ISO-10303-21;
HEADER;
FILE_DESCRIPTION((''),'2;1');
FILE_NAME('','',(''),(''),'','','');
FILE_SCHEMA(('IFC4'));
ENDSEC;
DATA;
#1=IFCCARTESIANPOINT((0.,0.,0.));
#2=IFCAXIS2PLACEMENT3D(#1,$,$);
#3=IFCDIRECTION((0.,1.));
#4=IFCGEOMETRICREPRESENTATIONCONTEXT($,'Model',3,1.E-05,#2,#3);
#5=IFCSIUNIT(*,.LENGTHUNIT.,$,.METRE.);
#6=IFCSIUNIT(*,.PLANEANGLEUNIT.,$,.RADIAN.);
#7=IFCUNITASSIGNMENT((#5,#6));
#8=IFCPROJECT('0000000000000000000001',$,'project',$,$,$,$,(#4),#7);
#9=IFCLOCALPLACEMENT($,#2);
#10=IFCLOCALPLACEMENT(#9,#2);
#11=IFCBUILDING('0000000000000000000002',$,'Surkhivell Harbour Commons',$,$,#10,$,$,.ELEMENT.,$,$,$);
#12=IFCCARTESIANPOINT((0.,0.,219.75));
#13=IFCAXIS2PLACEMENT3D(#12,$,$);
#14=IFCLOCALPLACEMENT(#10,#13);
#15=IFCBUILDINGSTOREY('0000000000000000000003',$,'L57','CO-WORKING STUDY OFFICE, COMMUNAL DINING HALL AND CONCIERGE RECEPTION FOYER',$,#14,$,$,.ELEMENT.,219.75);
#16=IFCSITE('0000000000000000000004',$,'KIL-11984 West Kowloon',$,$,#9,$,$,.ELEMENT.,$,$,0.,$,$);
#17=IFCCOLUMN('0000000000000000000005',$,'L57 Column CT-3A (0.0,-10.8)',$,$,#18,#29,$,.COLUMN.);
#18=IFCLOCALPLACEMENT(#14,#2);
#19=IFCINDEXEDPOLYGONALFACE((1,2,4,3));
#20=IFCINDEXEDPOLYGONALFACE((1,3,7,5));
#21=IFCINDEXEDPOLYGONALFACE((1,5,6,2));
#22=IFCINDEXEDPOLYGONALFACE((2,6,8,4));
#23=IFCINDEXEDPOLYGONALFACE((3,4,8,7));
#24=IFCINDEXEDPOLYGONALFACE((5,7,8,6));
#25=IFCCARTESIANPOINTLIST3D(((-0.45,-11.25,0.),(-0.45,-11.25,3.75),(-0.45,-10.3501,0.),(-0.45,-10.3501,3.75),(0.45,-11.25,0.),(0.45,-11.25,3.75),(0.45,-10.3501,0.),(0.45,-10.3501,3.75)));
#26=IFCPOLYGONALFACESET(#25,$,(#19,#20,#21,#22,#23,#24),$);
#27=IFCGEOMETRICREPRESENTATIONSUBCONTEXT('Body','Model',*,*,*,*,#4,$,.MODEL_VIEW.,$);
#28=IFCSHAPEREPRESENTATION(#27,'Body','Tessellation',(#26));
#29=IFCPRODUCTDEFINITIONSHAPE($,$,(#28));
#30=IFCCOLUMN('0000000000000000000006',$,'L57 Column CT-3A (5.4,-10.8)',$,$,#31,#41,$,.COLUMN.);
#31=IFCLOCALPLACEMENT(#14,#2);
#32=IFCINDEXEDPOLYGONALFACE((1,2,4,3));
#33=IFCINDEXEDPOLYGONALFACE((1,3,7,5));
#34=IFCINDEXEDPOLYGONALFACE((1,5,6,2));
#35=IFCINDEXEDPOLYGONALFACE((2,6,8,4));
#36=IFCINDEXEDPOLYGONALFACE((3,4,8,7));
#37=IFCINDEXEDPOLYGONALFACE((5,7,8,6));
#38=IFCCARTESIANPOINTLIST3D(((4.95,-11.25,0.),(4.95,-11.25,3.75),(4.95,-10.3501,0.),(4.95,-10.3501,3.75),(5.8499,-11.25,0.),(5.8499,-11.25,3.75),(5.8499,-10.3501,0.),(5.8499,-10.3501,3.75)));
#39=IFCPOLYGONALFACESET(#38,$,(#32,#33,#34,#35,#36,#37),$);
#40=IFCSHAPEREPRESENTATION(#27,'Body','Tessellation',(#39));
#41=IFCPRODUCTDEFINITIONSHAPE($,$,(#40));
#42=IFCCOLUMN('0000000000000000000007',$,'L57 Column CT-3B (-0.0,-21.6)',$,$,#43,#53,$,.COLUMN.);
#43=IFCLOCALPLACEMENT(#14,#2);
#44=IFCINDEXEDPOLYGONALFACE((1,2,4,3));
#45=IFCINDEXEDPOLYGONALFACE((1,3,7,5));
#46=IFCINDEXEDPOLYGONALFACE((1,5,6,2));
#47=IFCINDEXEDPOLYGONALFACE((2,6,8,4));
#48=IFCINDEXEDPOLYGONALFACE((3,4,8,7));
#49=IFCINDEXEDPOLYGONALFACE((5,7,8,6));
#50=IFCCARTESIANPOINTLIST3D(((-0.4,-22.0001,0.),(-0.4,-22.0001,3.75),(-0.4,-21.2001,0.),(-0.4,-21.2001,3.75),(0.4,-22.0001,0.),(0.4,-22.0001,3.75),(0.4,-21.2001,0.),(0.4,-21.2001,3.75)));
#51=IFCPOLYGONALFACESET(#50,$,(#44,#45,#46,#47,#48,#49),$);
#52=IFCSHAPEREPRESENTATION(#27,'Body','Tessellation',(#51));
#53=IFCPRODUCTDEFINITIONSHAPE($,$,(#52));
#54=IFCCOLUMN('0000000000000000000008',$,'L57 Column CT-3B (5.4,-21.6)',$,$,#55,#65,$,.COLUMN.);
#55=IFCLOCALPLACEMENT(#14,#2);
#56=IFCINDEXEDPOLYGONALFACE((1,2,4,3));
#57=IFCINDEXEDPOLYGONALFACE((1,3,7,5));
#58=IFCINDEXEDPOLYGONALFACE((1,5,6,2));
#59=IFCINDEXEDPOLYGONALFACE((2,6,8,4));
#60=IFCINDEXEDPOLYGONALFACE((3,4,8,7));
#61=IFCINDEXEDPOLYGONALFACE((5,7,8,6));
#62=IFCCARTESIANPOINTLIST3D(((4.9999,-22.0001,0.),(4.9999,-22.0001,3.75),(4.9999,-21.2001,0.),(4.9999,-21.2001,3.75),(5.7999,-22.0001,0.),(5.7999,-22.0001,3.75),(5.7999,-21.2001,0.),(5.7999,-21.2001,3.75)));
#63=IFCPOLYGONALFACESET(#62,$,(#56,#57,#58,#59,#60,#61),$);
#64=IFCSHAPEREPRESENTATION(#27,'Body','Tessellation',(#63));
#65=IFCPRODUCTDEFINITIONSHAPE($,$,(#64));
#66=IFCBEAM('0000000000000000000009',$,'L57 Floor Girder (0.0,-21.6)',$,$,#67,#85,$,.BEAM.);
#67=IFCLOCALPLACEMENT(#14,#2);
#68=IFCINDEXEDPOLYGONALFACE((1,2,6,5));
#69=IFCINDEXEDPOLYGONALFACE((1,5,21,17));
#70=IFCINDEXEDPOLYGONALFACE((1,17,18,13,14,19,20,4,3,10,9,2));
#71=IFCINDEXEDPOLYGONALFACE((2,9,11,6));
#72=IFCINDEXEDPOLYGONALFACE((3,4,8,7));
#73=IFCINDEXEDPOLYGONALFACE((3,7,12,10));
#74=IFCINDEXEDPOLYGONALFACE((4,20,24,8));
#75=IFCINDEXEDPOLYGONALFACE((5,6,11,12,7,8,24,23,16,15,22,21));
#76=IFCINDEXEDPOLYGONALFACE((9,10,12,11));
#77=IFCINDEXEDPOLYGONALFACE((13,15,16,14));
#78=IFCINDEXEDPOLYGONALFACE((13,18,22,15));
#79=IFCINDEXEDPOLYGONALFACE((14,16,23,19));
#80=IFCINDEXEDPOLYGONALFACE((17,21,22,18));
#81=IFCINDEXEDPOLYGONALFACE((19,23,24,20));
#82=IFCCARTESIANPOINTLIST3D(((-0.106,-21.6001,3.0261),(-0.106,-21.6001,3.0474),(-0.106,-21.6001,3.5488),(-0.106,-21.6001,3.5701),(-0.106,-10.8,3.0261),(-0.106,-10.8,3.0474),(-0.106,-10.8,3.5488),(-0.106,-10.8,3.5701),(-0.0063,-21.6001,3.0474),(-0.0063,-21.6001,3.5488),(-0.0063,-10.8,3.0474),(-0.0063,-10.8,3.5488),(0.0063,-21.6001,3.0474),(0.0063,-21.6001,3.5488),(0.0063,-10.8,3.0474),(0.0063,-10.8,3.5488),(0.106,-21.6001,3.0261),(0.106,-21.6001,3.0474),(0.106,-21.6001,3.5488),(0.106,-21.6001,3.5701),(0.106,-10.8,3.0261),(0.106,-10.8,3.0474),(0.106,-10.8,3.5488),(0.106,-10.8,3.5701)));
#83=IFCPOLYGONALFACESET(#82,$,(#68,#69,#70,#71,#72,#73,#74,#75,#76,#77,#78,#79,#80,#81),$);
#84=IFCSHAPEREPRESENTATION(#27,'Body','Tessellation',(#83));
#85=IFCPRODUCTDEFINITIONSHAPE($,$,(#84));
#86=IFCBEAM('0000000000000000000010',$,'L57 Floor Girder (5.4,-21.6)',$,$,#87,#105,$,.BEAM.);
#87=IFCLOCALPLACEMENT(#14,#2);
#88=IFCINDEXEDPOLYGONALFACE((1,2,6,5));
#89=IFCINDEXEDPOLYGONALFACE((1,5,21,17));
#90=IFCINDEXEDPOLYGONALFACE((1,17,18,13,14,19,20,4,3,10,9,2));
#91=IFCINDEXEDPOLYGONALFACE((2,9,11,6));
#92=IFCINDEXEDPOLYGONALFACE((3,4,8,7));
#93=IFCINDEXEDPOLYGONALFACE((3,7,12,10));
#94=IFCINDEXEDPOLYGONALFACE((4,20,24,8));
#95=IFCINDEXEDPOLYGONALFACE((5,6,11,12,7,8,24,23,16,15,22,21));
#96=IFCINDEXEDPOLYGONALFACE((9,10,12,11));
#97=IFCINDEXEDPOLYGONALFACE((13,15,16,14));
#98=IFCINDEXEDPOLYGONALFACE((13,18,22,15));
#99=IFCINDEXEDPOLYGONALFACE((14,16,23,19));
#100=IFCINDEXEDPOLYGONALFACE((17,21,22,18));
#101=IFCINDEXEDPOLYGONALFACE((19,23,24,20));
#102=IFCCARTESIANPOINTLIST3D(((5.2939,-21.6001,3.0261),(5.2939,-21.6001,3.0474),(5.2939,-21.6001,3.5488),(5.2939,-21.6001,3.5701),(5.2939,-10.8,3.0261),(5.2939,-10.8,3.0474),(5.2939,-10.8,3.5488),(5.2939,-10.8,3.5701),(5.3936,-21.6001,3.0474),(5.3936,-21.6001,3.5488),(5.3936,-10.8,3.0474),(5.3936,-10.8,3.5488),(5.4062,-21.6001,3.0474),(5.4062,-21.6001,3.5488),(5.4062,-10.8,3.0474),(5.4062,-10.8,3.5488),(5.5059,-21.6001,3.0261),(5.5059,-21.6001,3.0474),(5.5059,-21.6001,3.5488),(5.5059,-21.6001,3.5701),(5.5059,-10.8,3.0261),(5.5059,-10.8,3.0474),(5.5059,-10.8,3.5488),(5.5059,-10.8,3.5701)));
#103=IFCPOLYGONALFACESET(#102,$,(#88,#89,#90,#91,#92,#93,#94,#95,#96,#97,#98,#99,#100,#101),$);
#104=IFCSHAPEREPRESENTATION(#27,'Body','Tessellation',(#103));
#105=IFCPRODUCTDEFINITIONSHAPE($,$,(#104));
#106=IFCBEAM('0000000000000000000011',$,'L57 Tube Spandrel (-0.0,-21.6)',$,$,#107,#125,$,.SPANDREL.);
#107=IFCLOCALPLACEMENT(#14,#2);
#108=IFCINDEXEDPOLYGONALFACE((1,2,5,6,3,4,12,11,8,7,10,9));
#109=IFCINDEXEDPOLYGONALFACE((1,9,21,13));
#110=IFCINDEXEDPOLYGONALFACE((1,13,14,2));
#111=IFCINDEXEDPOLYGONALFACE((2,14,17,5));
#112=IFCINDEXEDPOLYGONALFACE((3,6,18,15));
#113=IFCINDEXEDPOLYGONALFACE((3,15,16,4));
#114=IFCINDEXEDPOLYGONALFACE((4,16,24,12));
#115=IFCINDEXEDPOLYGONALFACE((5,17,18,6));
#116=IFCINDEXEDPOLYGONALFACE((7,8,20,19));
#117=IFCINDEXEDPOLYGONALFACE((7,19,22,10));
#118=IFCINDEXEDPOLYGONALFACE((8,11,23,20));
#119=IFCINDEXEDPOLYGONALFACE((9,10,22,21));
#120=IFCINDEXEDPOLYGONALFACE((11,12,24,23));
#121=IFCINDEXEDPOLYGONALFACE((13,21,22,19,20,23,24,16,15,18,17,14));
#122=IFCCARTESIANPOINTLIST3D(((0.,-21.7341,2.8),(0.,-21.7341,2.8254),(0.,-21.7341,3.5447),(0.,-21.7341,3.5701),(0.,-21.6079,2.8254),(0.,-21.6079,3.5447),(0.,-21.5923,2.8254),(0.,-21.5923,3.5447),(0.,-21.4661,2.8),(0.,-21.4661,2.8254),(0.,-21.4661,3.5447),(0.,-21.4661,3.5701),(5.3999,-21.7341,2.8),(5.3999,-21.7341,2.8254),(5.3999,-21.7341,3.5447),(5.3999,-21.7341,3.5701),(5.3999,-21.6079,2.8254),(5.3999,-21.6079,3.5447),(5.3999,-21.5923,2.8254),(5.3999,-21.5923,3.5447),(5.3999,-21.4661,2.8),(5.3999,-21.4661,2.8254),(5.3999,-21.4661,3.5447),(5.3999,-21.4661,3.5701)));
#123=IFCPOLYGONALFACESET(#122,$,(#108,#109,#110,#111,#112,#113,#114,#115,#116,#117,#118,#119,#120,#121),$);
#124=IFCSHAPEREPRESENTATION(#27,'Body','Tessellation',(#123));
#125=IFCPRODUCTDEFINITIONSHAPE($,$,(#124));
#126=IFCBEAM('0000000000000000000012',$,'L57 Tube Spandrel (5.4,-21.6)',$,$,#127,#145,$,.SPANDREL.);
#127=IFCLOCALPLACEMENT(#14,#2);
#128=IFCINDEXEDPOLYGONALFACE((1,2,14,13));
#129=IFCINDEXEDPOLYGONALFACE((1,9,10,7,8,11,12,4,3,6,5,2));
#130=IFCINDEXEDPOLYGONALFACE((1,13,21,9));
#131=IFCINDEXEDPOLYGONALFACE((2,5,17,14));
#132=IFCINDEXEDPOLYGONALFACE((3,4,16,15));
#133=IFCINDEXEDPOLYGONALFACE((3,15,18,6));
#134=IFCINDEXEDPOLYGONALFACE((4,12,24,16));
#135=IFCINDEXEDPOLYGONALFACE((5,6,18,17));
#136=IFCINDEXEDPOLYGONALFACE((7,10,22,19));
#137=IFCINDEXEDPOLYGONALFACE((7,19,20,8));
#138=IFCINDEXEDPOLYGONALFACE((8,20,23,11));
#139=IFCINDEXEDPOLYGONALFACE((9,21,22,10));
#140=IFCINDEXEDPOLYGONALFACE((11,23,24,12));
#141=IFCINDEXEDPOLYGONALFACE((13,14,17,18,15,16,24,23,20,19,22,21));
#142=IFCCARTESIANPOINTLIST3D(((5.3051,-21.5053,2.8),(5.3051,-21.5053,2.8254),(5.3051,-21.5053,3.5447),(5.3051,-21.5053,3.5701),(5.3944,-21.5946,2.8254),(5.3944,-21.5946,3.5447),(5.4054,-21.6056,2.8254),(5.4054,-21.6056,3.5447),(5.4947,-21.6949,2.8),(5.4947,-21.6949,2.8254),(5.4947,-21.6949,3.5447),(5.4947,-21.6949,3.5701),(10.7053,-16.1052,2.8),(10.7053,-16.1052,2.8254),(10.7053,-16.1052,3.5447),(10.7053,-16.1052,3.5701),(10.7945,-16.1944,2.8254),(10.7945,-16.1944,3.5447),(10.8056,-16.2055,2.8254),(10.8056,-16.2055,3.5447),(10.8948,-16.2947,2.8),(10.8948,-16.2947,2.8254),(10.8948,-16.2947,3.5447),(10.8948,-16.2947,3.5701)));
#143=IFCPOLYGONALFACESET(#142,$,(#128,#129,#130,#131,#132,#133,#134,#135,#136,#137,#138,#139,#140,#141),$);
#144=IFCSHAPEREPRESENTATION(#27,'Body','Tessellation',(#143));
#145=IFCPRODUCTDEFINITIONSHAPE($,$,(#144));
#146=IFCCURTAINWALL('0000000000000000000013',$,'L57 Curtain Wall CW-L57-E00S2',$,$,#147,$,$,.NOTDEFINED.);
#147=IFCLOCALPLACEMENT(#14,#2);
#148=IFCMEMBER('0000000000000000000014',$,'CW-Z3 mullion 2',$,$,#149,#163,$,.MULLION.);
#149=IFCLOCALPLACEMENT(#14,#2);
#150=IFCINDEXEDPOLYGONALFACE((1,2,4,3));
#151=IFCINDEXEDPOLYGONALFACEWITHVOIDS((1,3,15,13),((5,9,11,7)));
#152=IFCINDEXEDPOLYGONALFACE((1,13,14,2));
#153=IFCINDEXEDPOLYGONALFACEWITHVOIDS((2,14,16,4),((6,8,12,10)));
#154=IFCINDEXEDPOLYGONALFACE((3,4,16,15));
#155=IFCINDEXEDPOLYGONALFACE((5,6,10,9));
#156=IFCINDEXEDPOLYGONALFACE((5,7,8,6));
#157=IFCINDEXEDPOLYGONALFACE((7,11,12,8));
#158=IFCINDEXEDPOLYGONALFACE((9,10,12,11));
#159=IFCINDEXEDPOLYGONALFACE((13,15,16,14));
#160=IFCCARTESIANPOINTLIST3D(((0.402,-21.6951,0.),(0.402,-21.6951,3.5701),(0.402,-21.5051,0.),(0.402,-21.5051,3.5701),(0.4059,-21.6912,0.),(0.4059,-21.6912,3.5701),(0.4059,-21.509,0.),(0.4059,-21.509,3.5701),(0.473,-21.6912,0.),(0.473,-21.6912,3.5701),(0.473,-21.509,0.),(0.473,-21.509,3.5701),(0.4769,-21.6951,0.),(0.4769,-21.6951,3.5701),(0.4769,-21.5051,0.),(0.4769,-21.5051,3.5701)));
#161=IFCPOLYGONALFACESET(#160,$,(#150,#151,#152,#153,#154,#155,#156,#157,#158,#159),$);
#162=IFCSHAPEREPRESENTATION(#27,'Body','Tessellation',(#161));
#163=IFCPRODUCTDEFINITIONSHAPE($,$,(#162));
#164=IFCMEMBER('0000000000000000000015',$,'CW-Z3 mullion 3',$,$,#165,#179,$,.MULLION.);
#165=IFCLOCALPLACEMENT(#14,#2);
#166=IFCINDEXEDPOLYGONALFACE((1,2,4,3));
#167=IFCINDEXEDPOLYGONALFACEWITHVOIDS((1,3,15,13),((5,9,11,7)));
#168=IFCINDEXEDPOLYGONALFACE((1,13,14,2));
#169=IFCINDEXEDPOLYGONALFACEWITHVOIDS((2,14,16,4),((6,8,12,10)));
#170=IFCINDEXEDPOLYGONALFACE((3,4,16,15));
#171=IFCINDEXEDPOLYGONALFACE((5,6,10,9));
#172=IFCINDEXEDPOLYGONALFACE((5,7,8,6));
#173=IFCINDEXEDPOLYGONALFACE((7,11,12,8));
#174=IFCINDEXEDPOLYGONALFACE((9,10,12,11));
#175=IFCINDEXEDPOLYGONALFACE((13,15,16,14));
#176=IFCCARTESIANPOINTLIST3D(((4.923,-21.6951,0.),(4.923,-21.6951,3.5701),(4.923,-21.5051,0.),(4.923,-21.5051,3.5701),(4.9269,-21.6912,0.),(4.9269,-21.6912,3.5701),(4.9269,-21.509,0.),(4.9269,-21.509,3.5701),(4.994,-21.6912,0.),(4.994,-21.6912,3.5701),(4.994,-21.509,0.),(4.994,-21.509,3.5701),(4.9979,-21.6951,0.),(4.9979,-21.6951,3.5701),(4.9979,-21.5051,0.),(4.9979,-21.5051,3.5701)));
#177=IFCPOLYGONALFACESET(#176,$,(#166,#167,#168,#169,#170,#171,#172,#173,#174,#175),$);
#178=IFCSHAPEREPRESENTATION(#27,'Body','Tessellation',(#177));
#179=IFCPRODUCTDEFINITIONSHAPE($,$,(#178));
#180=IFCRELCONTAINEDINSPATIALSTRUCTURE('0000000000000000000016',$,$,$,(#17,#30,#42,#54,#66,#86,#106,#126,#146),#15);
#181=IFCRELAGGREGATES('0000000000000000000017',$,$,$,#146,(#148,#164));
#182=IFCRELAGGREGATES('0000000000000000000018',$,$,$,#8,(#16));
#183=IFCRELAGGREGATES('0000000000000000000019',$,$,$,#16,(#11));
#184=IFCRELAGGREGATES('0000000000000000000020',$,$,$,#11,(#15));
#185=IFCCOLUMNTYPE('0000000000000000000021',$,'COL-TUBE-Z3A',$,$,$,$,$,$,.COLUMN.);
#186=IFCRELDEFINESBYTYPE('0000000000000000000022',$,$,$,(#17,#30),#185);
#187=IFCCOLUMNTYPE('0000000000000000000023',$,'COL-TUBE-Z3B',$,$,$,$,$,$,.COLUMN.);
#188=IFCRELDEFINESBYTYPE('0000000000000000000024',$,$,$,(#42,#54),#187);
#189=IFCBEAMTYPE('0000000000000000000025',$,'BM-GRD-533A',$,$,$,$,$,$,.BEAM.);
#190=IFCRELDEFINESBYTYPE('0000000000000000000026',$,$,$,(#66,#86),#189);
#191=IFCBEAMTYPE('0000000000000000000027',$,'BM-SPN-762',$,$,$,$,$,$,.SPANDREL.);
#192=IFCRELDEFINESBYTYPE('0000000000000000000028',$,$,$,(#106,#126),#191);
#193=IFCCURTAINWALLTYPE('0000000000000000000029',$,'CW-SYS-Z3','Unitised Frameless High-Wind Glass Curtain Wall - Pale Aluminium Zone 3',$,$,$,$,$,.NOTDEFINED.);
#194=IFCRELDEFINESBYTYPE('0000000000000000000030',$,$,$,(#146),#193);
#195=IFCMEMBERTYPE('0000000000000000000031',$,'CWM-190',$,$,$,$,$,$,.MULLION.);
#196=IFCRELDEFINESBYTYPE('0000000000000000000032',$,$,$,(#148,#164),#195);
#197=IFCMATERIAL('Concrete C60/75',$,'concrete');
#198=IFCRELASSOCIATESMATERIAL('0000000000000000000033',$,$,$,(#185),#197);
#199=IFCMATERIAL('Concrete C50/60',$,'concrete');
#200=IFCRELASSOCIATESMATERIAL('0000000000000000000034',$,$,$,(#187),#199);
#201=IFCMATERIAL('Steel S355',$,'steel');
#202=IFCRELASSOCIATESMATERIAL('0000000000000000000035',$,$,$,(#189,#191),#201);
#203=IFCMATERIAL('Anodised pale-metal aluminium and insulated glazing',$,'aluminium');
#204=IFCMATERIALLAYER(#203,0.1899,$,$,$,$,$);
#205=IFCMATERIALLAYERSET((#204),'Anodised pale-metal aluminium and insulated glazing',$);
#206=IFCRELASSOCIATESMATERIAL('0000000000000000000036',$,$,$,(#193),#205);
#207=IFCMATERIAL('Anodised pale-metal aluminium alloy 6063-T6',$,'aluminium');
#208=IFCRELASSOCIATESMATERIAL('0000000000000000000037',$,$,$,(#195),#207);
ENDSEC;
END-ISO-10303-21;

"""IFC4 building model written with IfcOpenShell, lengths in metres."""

from ifc_helpers import new_model, si_unit, direction, frame, origin, origin_2d, place, context, subcontext, project, spatial, rectangle, hollow_rectangle, i_section, extrude, material, layer, layer_set, material_profile, profile_set, type_object, element, aggregate, save


model = new_model("IFC4")

# Units and contexts
model_context = context("Model", 3, precision=1e-05, world=origin(), true_north=direction((0.0, 1.0)))
body_context = subcontext(model_context, "Body", "Model", "MODEL_VIEW")
ifc_project = project(units=[si_unit("LENGTHUNIT", "METRE"), si_unit("PLANEANGLEUNIT", "RADIAN")], contexts=[model_context])

# Site, building, storey
site_placement = place(None, origin())
site = spatial("IfcSite", under=ifc_project, at=site_placement, Name="KIL-11984 West Kowloon", CompositionType="ELEMENT", RefElevation=0.0)
building_placement = place(site_placement, origin())
building = spatial("IfcBuilding", under=site, at=building_placement, Name="Surkhivell Harbour Commons", CompositionType="ELEMENT")
storey_placement = place(building_placement, frame((0.0, 0.0, 219.75)))
storey = spatial("IfcBuildingStorey", under=building, at=storey_placement, Name="L57", Description="CO-WORKING STUDY OFFICE, COMMUNAL DINING HALL AND CONCIERGE RECEPTION FOYER", CompositionType="ELEMENT", Elevation=219.75)

# Columns
ifc_material_1 = material(Name="Concrete C60/75", Category="concrete")
ifc_material_profile_1 = material_profile(ifc_material_1, rectangle(XDim=0.8999, YDim=0.8999, at=origin_2d()), Name="RC-COL-900x900")
ifc_profile_set_1 = profile_set([ifc_material_profile_1], Name="Concrete C60/75")
column_type_1 = type_object("IfcColumnType", Name="COL-TUBE-Z3A", PredefinedType="COLUMN", material=ifc_profile_set_1)
for number, where, z_axis, x_axis, name in (
    (1, (0.0, -10.8, 0.0), (0.0, 0.0, 1.0), (1.0, 0.0, 0.0), "L57 Column CT-3A (0.0,-10.8)"),
    (2, (5.3999, -10.8, 0.0), (0.0, 0.0, 1.0), (1.0, 0.0, 0.0), "L57 Column CT-3A (5.4,-10.8)"),
):
    element("IfcColumn", number, at=place(storey_placement, frame(where, z_axis=z_axis, x_axis=x_axis)), inside=storey, type_object=column_type_1, Name=name, PredefinedType="COLUMN", context=body_context, shape_type="SweptSolid", body=[
        extrude(rectangle(XDim=0.8999, YDim=0.8999, at=origin_2d()), origin(), (0.0, 0.0, 1.0), 3.75),
    ])
ifc_material_2 = material(Name="Concrete C50/60", Category="concrete")
ifc_material_profile_2 = material_profile(ifc_material_2, rectangle(XDim=0.8, YDim=0.8, at=origin_2d()), Name="RC-COL-800x800")
ifc_profile_set_2 = profile_set([ifc_material_profile_2], Name="Concrete C50/60")
column_type_2 = type_object("IfcColumnType", Name="COL-TUBE-Z3B", PredefinedType="COLUMN", material=ifc_profile_set_2)
for number, where, z_axis, x_axis, name in (
    (3, (0.0, -21.6001, 0.0), (0.0, 0.0, 1.0), (1.0, 0.0, 0.0), "L57 Column CT-3B (-0.0,-21.6)"),
    (4, (5.3999, -21.6001, 0.0), (0.0, 0.0, 1.0), (1.0, 0.0, 0.0), "L57 Column CT-3B (5.4,-21.6)"),
):
    element("IfcColumn", number, at=place(storey_placement, frame(where, z_axis=z_axis, x_axis=x_axis)), inside=storey, type_object=column_type_2, Name=name, PredefinedType="COLUMN", context=body_context, shape_type="SweptSolid", body=[
        extrude(rectangle(XDim=0.8, YDim=0.8, at=origin_2d()), origin(), (0.0, 0.0, 1.0), 3.75),
    ])

# Beams
ifc_material_3 = material(Name="Steel S355", Category="steel")
ifc_material_profile_3 = material_profile(ifc_material_3, i_section(OverallWidth=0.2119, OverallDepth=0.5439, WebThickness=0.0127, FlangeThickness=0.0212, at=origin_2d()), Name="UB533x210x122")
ifc_profile_set_3 = profile_set([ifc_material_profile_3], Name="Steel S355")
beam_type_1 = type_object("IfcBeamType", Name="BM-GRD-533A", PredefinedType="BEAM", material=ifc_profile_set_3)
for number, where, z_axis, x_axis, name in (
    (5, (0.0, -21.6001, 3.2981), (0.0, 1.0, 0.0), (-1.0, 0.0, 0.0), "L57 Floor Girder (0.0,-21.6)"),
    (6, (5.3999, -21.6001, 3.2981), (0.0, 1.0, 0.0), (-1.0, 0.0, 0.0), "L57 Floor Girder (5.4,-21.6)"),
):
    element("IfcBeam", number, at=place(storey_placement, frame(where, z_axis=z_axis, x_axis=x_axis)), inside=storey, type_object=beam_type_1, Name=name, PredefinedType="BEAM", context=body_context, shape_type="SweptSolid", body=[
        extrude(i_section(OverallWidth=0.2119, OverallDepth=0.5439, WebThickness=0.0127, FlangeThickness=0.0212, at=origin_2d()), origin(), (0.0, 0.0, 1.0), 10.8),
    ])
ifc_material_profile_4 = material_profile(ifc_material_3, i_section(OverallWidth=0.2681, OverallDepth=0.77, WebThickness=0.0156, FlangeThickness=0.0254, at=origin_2d()), Name="UB762x267x197")
ifc_profile_set_4 = profile_set([ifc_material_profile_4], Name="Steel S355")
beam_type_2 = type_object("IfcBeamType", Name="BM-SPN-762", PredefinedType="SPANDREL", material=ifc_profile_set_4)
beam_1_placement = place(storey_placement, frame((0.0, -21.6001, 3.1851), z_axis=(1.0, 0.0, 0.0), x_axis=(0.0, 1.0, 0.0)))
element("IfcBeam", 7, at=beam_1_placement, inside=storey, type_object=beam_type_2, Name="L57 Tube Spandrel (-0.0,-21.6)", PredefinedType="SPANDREL", context=body_context, shape_type="SweptSolid", body=[
    extrude(i_section(OverallWidth=0.2681, OverallDepth=0.77, WebThickness=0.0156, FlangeThickness=0.0254, at=origin_2d()), origin(), (0.0, 0.0, 1.0), 5.3999),
])
beam_2_placement = place(storey_placement, frame((5.3999, -21.6001, 3.1851), z_axis=(0.707107, 0.707107, 0.0), x_axis=(-0.707107, 0.707107, 0.0)))
element("IfcBeam", 8, at=beam_2_placement, inside=storey, type_object=beam_type_2, Name="L57 Tube Spandrel (5.4,-21.6)", PredefinedType="SPANDREL", context=body_context, shape_type="SweptSolid", body=[
    extrude(i_section(OverallWidth=0.2681, OverallDepth=0.77, WebThickness=0.0156, FlangeThickness=0.0254, at=origin_2d()), origin(), (0.0, 0.0, 1.0), 7.637),
])

# Curtain wall, members
ifc_material_4 = material(Name="Anodised pale-metal aluminium and insulated glazing", Category="aluminium")
ifc_layer_1 = layer(ifc_material_4, 0.1899)
ifc_layer_set_1 = layer_set([ifc_layer_1], Name="Anodised pale-metal aluminium and insulated glazing")
curtain_wall_type = type_object("IfcCurtainWallType", Name="CW-SYS-Z3", Description="Unitised Frameless High-Wind Glass Curtain Wall - Pale Aluminium Zone 3", PredefinedType="NOTDEFINED", material=ifc_layer_set_1)
curtain_wall_placement = place(storey_placement, origin())
curtain_wall = element("IfcCurtainWall", 9, at=curtain_wall_placement, inside=storey, type_object=curtain_wall_type, Name="L57 Curtain Wall CW-L57-E00S2", PredefinedType="NOTDEFINED")
ifc_material_5 = material(Name="Anodised pale-metal aluminium alloy 6063-T6", Category="aluminium")
ifc_material_profile_5 = material_profile(ifc_material_5, hollow_rectangle(XDim=0.075, YDim=0.1899, WallThickness=0.0039, at=origin_2d()), Name="ALU-MULL-75x190")
ifc_profile_set_5 = profile_set([ifc_material_profile_5], Name="Anodised pale-metal aluminium alloy 6063-T6")
member_type_1 = type_object("IfcMemberType", Name="CWM-190", PredefinedType="MULLION", material=ifc_profile_set_5)
member_1_placement = place(storey_placement, frame((0.4395, -21.6001, 0.0), z_axis=(0.0, 0.0, 1.0), x_axis=(1.0, 0.0, 0.0)))
member_1 = element("IfcMember", 10, at=member_1_placement, type_object=member_type_1, Name="CW-Z3 mullion 2", PredefinedType="MULLION", context=body_context, shape_type="SweptSolid", body=[
    extrude(hollow_rectangle(XDim=0.075, YDim=0.1899, WallThickness=0.0039, at=origin_2d()), origin(), (0.0, 0.0, 1.0), 3.5701),
])
member_2_placement = place(storey_placement, frame((4.9604, -21.6001, 0.0), z_axis=(0.0, 0.0, 1.0), x_axis=(1.0, 0.0, 0.0)))
member_2 = element("IfcMember", 11, at=member_2_placement, type_object=member_type_1, Name="CW-Z3 mullion 3", PredefinedType="MULLION", context=body_context, shape_type="SweptSolid", body=[
    extrude(hollow_rectangle(XDim=0.075, YDim=0.1899, WallThickness=0.0039, at=origin_2d()), origin(), (0.0, 0.0, 1.0), 3.5701),
])
aggregate(curtain_wall, [member_1, member_2])

save(model, "model.ifc")
